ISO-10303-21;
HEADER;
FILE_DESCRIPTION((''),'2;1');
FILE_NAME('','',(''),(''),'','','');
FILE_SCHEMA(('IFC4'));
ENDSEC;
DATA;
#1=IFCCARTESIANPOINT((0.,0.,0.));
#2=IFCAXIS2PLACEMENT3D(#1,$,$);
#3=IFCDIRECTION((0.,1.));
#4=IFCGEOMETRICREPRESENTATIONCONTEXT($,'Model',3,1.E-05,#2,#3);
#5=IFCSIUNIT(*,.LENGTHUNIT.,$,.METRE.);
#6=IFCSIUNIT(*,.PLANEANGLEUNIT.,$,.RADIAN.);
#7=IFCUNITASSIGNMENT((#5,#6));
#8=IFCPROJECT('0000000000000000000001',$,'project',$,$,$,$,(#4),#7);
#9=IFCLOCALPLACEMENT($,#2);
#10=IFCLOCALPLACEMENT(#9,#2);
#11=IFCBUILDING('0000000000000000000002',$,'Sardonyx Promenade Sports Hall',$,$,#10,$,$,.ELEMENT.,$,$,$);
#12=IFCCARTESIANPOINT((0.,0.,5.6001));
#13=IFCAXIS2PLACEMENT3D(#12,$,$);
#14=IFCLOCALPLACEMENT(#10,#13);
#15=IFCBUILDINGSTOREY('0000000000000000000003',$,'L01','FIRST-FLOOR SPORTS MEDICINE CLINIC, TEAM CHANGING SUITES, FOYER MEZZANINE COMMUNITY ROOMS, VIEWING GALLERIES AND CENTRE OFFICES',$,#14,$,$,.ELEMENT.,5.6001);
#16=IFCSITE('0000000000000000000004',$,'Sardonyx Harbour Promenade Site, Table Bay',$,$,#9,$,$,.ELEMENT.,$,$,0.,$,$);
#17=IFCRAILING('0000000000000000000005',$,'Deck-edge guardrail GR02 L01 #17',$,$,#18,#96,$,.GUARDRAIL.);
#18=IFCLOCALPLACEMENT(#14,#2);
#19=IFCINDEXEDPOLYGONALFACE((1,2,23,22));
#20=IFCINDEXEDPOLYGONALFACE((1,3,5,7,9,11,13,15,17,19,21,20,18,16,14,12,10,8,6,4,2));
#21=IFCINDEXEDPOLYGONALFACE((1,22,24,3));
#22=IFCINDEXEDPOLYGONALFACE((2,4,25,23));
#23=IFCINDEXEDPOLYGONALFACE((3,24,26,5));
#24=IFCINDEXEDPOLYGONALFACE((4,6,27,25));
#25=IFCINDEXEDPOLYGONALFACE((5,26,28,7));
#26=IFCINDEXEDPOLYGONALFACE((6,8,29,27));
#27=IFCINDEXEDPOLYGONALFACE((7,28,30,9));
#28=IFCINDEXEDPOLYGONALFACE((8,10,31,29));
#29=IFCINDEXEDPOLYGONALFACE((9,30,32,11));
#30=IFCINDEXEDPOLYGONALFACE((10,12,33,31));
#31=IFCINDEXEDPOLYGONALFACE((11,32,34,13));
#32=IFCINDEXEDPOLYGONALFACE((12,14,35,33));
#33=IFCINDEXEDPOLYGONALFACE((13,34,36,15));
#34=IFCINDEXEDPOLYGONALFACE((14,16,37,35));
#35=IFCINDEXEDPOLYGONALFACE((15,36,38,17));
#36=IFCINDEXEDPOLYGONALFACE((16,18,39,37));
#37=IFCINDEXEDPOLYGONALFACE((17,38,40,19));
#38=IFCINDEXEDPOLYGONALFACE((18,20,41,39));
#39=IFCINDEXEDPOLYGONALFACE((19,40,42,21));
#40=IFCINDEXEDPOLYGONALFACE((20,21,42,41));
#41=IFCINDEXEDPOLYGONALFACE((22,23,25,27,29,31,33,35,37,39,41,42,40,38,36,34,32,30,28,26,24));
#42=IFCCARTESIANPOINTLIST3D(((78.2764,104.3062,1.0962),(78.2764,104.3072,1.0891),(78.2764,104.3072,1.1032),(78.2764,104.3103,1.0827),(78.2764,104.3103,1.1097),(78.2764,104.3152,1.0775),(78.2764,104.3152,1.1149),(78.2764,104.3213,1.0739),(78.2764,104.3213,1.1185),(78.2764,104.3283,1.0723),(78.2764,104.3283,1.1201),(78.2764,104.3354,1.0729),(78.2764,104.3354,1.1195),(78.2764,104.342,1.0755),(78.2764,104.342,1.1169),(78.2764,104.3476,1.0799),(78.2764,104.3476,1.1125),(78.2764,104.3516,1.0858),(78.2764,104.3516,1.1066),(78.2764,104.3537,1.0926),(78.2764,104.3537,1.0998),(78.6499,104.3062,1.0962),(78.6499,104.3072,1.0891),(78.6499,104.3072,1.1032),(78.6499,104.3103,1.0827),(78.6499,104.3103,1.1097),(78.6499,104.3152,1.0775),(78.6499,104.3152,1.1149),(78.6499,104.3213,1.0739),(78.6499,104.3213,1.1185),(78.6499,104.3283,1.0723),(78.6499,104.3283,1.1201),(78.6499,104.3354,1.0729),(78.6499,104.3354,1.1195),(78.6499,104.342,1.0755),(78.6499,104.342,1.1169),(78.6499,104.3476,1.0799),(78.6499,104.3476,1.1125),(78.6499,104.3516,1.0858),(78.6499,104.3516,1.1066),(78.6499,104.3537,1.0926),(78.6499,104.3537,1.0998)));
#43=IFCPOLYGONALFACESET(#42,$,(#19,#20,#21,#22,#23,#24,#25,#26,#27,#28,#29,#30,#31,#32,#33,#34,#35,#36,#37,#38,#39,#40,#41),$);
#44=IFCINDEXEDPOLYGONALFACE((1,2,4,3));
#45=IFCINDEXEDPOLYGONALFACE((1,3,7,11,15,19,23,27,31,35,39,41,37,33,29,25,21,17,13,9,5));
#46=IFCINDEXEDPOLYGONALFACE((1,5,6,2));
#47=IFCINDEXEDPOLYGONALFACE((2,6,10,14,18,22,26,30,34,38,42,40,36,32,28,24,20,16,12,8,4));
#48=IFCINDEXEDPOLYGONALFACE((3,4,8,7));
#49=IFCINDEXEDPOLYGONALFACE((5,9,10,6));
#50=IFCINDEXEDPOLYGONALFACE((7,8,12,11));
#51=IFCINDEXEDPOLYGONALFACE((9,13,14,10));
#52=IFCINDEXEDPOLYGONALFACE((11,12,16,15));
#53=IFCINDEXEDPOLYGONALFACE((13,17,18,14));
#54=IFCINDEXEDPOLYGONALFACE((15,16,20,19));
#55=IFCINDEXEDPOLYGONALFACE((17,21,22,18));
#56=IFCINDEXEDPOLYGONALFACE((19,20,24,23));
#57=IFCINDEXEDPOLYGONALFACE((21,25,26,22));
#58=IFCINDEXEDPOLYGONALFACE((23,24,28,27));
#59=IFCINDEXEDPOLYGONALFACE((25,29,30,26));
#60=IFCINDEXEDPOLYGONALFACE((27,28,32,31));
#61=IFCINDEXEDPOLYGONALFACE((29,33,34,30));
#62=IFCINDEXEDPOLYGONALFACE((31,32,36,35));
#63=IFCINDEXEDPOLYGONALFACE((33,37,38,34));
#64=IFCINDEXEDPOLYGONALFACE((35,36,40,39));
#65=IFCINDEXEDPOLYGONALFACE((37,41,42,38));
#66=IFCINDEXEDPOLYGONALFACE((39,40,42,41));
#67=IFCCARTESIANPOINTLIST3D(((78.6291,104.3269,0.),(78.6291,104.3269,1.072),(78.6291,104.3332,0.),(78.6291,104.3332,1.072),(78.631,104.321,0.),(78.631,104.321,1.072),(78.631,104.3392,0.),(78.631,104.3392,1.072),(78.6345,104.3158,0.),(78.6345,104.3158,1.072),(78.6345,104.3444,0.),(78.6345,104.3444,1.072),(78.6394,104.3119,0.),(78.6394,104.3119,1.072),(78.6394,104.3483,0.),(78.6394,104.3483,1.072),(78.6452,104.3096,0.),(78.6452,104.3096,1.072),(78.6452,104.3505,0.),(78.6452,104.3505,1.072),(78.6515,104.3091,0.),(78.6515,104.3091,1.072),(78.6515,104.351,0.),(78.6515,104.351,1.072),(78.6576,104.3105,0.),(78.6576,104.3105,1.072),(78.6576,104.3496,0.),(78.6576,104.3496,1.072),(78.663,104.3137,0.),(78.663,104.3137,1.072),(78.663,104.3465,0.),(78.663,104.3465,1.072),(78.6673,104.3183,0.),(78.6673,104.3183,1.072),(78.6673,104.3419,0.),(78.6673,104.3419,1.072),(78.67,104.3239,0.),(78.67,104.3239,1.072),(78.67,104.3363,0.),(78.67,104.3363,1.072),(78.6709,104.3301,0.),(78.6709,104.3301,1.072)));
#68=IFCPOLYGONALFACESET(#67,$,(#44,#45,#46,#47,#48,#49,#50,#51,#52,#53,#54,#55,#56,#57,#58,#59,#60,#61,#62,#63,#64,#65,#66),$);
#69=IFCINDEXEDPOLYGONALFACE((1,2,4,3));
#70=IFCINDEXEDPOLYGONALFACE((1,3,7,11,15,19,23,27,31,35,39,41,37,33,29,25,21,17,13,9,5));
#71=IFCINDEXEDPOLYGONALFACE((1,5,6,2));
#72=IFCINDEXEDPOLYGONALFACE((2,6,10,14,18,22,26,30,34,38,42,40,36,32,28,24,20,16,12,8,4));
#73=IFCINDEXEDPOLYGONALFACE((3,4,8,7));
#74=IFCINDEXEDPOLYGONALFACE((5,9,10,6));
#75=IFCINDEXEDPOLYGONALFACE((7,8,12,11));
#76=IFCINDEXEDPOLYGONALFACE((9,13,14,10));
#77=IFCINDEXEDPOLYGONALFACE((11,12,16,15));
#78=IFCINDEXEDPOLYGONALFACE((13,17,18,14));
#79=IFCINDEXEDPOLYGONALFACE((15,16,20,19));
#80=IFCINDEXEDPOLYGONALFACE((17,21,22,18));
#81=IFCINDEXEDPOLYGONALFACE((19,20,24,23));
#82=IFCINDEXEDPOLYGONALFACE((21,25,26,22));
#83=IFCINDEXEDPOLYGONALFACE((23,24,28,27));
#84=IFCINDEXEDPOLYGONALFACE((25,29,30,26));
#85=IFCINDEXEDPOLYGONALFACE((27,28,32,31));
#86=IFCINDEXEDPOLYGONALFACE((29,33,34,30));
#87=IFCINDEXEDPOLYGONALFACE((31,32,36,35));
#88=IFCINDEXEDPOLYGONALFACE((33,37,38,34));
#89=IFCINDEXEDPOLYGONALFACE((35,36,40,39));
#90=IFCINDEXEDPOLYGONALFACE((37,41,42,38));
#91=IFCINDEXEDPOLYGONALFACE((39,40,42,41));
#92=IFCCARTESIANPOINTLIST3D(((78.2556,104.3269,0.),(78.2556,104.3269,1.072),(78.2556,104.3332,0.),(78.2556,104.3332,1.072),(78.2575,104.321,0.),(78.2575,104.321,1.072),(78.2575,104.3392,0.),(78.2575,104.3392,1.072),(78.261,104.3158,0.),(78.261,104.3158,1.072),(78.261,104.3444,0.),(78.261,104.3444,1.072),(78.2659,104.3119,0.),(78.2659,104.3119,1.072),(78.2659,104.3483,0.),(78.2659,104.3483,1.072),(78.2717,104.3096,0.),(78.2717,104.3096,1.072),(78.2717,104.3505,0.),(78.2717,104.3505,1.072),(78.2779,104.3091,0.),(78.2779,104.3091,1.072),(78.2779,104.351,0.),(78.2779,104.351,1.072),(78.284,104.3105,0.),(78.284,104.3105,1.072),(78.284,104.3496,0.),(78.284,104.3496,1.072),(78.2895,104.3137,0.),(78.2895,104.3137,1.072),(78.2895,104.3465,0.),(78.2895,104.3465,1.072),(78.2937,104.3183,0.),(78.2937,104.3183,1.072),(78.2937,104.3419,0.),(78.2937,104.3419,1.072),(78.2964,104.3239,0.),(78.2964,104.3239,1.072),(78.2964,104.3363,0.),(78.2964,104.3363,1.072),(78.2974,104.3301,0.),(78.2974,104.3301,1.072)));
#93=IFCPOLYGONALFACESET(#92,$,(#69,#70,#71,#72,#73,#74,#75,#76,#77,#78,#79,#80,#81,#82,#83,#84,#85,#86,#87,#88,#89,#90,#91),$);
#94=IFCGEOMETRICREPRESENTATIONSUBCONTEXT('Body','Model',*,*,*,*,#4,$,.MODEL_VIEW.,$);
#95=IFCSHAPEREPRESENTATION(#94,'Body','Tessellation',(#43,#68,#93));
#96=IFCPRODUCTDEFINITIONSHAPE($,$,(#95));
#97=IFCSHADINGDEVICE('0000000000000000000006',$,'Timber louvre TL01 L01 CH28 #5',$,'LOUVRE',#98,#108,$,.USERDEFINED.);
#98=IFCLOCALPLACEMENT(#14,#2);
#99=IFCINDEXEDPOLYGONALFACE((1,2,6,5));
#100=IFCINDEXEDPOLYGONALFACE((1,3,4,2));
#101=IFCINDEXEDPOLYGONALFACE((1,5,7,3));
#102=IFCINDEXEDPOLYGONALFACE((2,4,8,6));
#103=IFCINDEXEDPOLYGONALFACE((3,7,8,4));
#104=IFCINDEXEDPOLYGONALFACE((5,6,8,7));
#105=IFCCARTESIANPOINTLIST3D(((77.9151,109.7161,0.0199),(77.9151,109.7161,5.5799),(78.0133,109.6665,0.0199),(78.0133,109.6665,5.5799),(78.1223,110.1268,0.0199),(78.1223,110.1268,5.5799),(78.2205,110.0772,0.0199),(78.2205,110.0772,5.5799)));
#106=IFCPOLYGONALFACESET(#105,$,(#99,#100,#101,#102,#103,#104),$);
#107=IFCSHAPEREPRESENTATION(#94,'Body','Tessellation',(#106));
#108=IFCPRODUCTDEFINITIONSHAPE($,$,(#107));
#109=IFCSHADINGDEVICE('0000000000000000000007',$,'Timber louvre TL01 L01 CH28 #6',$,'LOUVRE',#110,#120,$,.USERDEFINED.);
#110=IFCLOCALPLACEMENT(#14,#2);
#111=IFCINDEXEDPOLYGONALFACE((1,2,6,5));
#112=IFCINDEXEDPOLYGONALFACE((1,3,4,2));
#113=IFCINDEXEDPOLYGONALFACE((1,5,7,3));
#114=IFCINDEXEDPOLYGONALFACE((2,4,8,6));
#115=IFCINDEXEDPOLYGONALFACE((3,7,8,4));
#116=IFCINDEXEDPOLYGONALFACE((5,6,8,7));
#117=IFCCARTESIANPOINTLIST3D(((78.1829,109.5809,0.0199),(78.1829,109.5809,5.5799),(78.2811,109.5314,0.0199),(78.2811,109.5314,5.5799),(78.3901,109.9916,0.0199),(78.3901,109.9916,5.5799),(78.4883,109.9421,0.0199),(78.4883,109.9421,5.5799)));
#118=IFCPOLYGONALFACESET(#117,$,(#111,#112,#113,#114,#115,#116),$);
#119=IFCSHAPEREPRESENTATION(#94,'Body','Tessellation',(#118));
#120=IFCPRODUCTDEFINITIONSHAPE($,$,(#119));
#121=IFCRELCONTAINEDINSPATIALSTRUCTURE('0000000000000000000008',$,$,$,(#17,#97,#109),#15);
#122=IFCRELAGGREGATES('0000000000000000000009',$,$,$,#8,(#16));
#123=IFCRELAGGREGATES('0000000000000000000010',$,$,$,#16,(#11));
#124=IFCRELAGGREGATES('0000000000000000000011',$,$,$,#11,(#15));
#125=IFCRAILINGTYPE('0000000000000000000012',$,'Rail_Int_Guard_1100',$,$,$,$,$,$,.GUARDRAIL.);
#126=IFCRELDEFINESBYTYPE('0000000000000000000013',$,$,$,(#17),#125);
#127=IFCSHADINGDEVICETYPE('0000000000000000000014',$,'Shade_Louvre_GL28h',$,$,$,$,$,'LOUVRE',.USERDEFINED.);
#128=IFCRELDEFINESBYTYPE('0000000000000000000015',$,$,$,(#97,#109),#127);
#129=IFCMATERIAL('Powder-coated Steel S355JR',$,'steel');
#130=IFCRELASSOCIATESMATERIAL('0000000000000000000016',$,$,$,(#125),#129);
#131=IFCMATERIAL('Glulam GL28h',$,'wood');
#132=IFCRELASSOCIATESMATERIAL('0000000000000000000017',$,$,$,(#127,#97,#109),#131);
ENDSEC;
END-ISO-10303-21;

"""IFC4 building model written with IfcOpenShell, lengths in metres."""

from ifc_helpers import new_model, si_unit, direction, frame, origin, origin_2d, place, context, subcontext, project, spatial, rectangle, circle, extrude, material, type_object, element, save


model = new_model("IFC4")

# Units and contexts
model_context = context("Model", 3, precision=1e-05, world=origin(), true_north=direction((0.0, 1.0)))
body_context = subcontext(model_context, "Body", "Model", "MODEL_VIEW")
ifc_project = project(units=[si_unit("LENGTHUNIT", "METRE"), si_unit("PLANEANGLEUNIT", "RADIAN")], contexts=[model_context])

# Site, building, storey
site_placement = place(None, origin())
site = spatial("IfcSite", under=ifc_project, at=site_placement, Name="Sardonyx Harbour Promenade Site, Table Bay", CompositionType="ELEMENT", RefElevation=0.0)
building_placement = place(site_placement, origin())
building = spatial("IfcBuilding", under=site, at=building_placement, Name="Sardonyx Promenade Sports Hall", CompositionType="ELEMENT")
storey_placement = place(building_placement, frame((0.0, 0.0, 5.6001)))
storey = spatial("IfcBuildingStorey", under=building, at=storey_placement, Name="L01", Description="FIRST-FLOOR SPORTS MEDICINE CLINIC, TEAM CHANGING SUITES, FOYER MEZZANINE COMMUNITY ROOMS, VIEWING GALLERIES AND CENTRE OFFICES", CompositionType="ELEMENT", Elevation=5.6001)

# Railing
ifc_material_1 = material(Name="Powder-coated Steel S355JR", Category="steel")
railing_type = type_object("IfcRailingType", Name="Rail_Int_Guard_1100", PredefinedType="GUARDRAIL", material=ifc_material_1)
railing_placement = place(storey_placement, frame((78.6499, 104.3301, 0.0)))
element("IfcRailing", 1, at=railing_placement, inside=storey, type_object=railing_type, Name="Deck-edge guardrail GR02 L01 #17", PredefinedType="GUARDRAIL", context=body_context, shape_type="SweptSolid", body=[
    extrude(circle(Radius=0.0239, at=origin_2d()), frame((0.0, 0.0, 1.0962), z_axis=(-1.0, 0.0, 0.0), x_axis=(0.0, -1.0, 0.0)), (0.0, 0.0, 1.0), 0.3735),
    extrude(circle(Radius=0.021, at=origin_2d()), origin(), (0.0, 0.0, 1.0), 1.072),
    extrude(circle(Radius=0.021, at=origin_2d()), frame((-0.3735, 0.0, 0.0)), (0.0, 0.0, 1.0), 1.072),
])

# Shading devices
ifc_material_2 = material(Name="Glulam GL28h", Category="wood")
shading_device_type = type_object("IfcShadingDeviceType", Name="Shade_Louvre_GL28h", ElementType="LOUVRE", PredefinedType="USERDEFINED", material=ifc_material_2)
for number, where, z_axis, x_axis, name in (
    (2, (78.0678, 109.8967, 0.0199), (0.0, 0.0, 1.0), (0.892774, -0.450505, 0.0), "Timber louvre TL01 L01 CH28 #5"),
    (3, (78.3356, 109.7615, 0.0199), (0.0, 0.0, 1.0), (0.892774, -0.450505, 0.0), "Timber louvre TL01 L01 CH28 #6"),
):
    element("IfcShadingDevice", number, at=place(storey_placement, frame(where, z_axis=z_axis, x_axis=x_axis)), inside=storey, type_object=shading_device_type, material=ifc_material_2, Name=name, ObjectType="LOUVRE", PredefinedType="USERDEFINED", context=body_context, shape_type="SweptSolid", body=[
        extrude(rectangle(XDim=0.11, YDim=0.46), origin(), (0.0, 0.0, 1.0), 5.56),
    ])

save(model, "model.ifc")
